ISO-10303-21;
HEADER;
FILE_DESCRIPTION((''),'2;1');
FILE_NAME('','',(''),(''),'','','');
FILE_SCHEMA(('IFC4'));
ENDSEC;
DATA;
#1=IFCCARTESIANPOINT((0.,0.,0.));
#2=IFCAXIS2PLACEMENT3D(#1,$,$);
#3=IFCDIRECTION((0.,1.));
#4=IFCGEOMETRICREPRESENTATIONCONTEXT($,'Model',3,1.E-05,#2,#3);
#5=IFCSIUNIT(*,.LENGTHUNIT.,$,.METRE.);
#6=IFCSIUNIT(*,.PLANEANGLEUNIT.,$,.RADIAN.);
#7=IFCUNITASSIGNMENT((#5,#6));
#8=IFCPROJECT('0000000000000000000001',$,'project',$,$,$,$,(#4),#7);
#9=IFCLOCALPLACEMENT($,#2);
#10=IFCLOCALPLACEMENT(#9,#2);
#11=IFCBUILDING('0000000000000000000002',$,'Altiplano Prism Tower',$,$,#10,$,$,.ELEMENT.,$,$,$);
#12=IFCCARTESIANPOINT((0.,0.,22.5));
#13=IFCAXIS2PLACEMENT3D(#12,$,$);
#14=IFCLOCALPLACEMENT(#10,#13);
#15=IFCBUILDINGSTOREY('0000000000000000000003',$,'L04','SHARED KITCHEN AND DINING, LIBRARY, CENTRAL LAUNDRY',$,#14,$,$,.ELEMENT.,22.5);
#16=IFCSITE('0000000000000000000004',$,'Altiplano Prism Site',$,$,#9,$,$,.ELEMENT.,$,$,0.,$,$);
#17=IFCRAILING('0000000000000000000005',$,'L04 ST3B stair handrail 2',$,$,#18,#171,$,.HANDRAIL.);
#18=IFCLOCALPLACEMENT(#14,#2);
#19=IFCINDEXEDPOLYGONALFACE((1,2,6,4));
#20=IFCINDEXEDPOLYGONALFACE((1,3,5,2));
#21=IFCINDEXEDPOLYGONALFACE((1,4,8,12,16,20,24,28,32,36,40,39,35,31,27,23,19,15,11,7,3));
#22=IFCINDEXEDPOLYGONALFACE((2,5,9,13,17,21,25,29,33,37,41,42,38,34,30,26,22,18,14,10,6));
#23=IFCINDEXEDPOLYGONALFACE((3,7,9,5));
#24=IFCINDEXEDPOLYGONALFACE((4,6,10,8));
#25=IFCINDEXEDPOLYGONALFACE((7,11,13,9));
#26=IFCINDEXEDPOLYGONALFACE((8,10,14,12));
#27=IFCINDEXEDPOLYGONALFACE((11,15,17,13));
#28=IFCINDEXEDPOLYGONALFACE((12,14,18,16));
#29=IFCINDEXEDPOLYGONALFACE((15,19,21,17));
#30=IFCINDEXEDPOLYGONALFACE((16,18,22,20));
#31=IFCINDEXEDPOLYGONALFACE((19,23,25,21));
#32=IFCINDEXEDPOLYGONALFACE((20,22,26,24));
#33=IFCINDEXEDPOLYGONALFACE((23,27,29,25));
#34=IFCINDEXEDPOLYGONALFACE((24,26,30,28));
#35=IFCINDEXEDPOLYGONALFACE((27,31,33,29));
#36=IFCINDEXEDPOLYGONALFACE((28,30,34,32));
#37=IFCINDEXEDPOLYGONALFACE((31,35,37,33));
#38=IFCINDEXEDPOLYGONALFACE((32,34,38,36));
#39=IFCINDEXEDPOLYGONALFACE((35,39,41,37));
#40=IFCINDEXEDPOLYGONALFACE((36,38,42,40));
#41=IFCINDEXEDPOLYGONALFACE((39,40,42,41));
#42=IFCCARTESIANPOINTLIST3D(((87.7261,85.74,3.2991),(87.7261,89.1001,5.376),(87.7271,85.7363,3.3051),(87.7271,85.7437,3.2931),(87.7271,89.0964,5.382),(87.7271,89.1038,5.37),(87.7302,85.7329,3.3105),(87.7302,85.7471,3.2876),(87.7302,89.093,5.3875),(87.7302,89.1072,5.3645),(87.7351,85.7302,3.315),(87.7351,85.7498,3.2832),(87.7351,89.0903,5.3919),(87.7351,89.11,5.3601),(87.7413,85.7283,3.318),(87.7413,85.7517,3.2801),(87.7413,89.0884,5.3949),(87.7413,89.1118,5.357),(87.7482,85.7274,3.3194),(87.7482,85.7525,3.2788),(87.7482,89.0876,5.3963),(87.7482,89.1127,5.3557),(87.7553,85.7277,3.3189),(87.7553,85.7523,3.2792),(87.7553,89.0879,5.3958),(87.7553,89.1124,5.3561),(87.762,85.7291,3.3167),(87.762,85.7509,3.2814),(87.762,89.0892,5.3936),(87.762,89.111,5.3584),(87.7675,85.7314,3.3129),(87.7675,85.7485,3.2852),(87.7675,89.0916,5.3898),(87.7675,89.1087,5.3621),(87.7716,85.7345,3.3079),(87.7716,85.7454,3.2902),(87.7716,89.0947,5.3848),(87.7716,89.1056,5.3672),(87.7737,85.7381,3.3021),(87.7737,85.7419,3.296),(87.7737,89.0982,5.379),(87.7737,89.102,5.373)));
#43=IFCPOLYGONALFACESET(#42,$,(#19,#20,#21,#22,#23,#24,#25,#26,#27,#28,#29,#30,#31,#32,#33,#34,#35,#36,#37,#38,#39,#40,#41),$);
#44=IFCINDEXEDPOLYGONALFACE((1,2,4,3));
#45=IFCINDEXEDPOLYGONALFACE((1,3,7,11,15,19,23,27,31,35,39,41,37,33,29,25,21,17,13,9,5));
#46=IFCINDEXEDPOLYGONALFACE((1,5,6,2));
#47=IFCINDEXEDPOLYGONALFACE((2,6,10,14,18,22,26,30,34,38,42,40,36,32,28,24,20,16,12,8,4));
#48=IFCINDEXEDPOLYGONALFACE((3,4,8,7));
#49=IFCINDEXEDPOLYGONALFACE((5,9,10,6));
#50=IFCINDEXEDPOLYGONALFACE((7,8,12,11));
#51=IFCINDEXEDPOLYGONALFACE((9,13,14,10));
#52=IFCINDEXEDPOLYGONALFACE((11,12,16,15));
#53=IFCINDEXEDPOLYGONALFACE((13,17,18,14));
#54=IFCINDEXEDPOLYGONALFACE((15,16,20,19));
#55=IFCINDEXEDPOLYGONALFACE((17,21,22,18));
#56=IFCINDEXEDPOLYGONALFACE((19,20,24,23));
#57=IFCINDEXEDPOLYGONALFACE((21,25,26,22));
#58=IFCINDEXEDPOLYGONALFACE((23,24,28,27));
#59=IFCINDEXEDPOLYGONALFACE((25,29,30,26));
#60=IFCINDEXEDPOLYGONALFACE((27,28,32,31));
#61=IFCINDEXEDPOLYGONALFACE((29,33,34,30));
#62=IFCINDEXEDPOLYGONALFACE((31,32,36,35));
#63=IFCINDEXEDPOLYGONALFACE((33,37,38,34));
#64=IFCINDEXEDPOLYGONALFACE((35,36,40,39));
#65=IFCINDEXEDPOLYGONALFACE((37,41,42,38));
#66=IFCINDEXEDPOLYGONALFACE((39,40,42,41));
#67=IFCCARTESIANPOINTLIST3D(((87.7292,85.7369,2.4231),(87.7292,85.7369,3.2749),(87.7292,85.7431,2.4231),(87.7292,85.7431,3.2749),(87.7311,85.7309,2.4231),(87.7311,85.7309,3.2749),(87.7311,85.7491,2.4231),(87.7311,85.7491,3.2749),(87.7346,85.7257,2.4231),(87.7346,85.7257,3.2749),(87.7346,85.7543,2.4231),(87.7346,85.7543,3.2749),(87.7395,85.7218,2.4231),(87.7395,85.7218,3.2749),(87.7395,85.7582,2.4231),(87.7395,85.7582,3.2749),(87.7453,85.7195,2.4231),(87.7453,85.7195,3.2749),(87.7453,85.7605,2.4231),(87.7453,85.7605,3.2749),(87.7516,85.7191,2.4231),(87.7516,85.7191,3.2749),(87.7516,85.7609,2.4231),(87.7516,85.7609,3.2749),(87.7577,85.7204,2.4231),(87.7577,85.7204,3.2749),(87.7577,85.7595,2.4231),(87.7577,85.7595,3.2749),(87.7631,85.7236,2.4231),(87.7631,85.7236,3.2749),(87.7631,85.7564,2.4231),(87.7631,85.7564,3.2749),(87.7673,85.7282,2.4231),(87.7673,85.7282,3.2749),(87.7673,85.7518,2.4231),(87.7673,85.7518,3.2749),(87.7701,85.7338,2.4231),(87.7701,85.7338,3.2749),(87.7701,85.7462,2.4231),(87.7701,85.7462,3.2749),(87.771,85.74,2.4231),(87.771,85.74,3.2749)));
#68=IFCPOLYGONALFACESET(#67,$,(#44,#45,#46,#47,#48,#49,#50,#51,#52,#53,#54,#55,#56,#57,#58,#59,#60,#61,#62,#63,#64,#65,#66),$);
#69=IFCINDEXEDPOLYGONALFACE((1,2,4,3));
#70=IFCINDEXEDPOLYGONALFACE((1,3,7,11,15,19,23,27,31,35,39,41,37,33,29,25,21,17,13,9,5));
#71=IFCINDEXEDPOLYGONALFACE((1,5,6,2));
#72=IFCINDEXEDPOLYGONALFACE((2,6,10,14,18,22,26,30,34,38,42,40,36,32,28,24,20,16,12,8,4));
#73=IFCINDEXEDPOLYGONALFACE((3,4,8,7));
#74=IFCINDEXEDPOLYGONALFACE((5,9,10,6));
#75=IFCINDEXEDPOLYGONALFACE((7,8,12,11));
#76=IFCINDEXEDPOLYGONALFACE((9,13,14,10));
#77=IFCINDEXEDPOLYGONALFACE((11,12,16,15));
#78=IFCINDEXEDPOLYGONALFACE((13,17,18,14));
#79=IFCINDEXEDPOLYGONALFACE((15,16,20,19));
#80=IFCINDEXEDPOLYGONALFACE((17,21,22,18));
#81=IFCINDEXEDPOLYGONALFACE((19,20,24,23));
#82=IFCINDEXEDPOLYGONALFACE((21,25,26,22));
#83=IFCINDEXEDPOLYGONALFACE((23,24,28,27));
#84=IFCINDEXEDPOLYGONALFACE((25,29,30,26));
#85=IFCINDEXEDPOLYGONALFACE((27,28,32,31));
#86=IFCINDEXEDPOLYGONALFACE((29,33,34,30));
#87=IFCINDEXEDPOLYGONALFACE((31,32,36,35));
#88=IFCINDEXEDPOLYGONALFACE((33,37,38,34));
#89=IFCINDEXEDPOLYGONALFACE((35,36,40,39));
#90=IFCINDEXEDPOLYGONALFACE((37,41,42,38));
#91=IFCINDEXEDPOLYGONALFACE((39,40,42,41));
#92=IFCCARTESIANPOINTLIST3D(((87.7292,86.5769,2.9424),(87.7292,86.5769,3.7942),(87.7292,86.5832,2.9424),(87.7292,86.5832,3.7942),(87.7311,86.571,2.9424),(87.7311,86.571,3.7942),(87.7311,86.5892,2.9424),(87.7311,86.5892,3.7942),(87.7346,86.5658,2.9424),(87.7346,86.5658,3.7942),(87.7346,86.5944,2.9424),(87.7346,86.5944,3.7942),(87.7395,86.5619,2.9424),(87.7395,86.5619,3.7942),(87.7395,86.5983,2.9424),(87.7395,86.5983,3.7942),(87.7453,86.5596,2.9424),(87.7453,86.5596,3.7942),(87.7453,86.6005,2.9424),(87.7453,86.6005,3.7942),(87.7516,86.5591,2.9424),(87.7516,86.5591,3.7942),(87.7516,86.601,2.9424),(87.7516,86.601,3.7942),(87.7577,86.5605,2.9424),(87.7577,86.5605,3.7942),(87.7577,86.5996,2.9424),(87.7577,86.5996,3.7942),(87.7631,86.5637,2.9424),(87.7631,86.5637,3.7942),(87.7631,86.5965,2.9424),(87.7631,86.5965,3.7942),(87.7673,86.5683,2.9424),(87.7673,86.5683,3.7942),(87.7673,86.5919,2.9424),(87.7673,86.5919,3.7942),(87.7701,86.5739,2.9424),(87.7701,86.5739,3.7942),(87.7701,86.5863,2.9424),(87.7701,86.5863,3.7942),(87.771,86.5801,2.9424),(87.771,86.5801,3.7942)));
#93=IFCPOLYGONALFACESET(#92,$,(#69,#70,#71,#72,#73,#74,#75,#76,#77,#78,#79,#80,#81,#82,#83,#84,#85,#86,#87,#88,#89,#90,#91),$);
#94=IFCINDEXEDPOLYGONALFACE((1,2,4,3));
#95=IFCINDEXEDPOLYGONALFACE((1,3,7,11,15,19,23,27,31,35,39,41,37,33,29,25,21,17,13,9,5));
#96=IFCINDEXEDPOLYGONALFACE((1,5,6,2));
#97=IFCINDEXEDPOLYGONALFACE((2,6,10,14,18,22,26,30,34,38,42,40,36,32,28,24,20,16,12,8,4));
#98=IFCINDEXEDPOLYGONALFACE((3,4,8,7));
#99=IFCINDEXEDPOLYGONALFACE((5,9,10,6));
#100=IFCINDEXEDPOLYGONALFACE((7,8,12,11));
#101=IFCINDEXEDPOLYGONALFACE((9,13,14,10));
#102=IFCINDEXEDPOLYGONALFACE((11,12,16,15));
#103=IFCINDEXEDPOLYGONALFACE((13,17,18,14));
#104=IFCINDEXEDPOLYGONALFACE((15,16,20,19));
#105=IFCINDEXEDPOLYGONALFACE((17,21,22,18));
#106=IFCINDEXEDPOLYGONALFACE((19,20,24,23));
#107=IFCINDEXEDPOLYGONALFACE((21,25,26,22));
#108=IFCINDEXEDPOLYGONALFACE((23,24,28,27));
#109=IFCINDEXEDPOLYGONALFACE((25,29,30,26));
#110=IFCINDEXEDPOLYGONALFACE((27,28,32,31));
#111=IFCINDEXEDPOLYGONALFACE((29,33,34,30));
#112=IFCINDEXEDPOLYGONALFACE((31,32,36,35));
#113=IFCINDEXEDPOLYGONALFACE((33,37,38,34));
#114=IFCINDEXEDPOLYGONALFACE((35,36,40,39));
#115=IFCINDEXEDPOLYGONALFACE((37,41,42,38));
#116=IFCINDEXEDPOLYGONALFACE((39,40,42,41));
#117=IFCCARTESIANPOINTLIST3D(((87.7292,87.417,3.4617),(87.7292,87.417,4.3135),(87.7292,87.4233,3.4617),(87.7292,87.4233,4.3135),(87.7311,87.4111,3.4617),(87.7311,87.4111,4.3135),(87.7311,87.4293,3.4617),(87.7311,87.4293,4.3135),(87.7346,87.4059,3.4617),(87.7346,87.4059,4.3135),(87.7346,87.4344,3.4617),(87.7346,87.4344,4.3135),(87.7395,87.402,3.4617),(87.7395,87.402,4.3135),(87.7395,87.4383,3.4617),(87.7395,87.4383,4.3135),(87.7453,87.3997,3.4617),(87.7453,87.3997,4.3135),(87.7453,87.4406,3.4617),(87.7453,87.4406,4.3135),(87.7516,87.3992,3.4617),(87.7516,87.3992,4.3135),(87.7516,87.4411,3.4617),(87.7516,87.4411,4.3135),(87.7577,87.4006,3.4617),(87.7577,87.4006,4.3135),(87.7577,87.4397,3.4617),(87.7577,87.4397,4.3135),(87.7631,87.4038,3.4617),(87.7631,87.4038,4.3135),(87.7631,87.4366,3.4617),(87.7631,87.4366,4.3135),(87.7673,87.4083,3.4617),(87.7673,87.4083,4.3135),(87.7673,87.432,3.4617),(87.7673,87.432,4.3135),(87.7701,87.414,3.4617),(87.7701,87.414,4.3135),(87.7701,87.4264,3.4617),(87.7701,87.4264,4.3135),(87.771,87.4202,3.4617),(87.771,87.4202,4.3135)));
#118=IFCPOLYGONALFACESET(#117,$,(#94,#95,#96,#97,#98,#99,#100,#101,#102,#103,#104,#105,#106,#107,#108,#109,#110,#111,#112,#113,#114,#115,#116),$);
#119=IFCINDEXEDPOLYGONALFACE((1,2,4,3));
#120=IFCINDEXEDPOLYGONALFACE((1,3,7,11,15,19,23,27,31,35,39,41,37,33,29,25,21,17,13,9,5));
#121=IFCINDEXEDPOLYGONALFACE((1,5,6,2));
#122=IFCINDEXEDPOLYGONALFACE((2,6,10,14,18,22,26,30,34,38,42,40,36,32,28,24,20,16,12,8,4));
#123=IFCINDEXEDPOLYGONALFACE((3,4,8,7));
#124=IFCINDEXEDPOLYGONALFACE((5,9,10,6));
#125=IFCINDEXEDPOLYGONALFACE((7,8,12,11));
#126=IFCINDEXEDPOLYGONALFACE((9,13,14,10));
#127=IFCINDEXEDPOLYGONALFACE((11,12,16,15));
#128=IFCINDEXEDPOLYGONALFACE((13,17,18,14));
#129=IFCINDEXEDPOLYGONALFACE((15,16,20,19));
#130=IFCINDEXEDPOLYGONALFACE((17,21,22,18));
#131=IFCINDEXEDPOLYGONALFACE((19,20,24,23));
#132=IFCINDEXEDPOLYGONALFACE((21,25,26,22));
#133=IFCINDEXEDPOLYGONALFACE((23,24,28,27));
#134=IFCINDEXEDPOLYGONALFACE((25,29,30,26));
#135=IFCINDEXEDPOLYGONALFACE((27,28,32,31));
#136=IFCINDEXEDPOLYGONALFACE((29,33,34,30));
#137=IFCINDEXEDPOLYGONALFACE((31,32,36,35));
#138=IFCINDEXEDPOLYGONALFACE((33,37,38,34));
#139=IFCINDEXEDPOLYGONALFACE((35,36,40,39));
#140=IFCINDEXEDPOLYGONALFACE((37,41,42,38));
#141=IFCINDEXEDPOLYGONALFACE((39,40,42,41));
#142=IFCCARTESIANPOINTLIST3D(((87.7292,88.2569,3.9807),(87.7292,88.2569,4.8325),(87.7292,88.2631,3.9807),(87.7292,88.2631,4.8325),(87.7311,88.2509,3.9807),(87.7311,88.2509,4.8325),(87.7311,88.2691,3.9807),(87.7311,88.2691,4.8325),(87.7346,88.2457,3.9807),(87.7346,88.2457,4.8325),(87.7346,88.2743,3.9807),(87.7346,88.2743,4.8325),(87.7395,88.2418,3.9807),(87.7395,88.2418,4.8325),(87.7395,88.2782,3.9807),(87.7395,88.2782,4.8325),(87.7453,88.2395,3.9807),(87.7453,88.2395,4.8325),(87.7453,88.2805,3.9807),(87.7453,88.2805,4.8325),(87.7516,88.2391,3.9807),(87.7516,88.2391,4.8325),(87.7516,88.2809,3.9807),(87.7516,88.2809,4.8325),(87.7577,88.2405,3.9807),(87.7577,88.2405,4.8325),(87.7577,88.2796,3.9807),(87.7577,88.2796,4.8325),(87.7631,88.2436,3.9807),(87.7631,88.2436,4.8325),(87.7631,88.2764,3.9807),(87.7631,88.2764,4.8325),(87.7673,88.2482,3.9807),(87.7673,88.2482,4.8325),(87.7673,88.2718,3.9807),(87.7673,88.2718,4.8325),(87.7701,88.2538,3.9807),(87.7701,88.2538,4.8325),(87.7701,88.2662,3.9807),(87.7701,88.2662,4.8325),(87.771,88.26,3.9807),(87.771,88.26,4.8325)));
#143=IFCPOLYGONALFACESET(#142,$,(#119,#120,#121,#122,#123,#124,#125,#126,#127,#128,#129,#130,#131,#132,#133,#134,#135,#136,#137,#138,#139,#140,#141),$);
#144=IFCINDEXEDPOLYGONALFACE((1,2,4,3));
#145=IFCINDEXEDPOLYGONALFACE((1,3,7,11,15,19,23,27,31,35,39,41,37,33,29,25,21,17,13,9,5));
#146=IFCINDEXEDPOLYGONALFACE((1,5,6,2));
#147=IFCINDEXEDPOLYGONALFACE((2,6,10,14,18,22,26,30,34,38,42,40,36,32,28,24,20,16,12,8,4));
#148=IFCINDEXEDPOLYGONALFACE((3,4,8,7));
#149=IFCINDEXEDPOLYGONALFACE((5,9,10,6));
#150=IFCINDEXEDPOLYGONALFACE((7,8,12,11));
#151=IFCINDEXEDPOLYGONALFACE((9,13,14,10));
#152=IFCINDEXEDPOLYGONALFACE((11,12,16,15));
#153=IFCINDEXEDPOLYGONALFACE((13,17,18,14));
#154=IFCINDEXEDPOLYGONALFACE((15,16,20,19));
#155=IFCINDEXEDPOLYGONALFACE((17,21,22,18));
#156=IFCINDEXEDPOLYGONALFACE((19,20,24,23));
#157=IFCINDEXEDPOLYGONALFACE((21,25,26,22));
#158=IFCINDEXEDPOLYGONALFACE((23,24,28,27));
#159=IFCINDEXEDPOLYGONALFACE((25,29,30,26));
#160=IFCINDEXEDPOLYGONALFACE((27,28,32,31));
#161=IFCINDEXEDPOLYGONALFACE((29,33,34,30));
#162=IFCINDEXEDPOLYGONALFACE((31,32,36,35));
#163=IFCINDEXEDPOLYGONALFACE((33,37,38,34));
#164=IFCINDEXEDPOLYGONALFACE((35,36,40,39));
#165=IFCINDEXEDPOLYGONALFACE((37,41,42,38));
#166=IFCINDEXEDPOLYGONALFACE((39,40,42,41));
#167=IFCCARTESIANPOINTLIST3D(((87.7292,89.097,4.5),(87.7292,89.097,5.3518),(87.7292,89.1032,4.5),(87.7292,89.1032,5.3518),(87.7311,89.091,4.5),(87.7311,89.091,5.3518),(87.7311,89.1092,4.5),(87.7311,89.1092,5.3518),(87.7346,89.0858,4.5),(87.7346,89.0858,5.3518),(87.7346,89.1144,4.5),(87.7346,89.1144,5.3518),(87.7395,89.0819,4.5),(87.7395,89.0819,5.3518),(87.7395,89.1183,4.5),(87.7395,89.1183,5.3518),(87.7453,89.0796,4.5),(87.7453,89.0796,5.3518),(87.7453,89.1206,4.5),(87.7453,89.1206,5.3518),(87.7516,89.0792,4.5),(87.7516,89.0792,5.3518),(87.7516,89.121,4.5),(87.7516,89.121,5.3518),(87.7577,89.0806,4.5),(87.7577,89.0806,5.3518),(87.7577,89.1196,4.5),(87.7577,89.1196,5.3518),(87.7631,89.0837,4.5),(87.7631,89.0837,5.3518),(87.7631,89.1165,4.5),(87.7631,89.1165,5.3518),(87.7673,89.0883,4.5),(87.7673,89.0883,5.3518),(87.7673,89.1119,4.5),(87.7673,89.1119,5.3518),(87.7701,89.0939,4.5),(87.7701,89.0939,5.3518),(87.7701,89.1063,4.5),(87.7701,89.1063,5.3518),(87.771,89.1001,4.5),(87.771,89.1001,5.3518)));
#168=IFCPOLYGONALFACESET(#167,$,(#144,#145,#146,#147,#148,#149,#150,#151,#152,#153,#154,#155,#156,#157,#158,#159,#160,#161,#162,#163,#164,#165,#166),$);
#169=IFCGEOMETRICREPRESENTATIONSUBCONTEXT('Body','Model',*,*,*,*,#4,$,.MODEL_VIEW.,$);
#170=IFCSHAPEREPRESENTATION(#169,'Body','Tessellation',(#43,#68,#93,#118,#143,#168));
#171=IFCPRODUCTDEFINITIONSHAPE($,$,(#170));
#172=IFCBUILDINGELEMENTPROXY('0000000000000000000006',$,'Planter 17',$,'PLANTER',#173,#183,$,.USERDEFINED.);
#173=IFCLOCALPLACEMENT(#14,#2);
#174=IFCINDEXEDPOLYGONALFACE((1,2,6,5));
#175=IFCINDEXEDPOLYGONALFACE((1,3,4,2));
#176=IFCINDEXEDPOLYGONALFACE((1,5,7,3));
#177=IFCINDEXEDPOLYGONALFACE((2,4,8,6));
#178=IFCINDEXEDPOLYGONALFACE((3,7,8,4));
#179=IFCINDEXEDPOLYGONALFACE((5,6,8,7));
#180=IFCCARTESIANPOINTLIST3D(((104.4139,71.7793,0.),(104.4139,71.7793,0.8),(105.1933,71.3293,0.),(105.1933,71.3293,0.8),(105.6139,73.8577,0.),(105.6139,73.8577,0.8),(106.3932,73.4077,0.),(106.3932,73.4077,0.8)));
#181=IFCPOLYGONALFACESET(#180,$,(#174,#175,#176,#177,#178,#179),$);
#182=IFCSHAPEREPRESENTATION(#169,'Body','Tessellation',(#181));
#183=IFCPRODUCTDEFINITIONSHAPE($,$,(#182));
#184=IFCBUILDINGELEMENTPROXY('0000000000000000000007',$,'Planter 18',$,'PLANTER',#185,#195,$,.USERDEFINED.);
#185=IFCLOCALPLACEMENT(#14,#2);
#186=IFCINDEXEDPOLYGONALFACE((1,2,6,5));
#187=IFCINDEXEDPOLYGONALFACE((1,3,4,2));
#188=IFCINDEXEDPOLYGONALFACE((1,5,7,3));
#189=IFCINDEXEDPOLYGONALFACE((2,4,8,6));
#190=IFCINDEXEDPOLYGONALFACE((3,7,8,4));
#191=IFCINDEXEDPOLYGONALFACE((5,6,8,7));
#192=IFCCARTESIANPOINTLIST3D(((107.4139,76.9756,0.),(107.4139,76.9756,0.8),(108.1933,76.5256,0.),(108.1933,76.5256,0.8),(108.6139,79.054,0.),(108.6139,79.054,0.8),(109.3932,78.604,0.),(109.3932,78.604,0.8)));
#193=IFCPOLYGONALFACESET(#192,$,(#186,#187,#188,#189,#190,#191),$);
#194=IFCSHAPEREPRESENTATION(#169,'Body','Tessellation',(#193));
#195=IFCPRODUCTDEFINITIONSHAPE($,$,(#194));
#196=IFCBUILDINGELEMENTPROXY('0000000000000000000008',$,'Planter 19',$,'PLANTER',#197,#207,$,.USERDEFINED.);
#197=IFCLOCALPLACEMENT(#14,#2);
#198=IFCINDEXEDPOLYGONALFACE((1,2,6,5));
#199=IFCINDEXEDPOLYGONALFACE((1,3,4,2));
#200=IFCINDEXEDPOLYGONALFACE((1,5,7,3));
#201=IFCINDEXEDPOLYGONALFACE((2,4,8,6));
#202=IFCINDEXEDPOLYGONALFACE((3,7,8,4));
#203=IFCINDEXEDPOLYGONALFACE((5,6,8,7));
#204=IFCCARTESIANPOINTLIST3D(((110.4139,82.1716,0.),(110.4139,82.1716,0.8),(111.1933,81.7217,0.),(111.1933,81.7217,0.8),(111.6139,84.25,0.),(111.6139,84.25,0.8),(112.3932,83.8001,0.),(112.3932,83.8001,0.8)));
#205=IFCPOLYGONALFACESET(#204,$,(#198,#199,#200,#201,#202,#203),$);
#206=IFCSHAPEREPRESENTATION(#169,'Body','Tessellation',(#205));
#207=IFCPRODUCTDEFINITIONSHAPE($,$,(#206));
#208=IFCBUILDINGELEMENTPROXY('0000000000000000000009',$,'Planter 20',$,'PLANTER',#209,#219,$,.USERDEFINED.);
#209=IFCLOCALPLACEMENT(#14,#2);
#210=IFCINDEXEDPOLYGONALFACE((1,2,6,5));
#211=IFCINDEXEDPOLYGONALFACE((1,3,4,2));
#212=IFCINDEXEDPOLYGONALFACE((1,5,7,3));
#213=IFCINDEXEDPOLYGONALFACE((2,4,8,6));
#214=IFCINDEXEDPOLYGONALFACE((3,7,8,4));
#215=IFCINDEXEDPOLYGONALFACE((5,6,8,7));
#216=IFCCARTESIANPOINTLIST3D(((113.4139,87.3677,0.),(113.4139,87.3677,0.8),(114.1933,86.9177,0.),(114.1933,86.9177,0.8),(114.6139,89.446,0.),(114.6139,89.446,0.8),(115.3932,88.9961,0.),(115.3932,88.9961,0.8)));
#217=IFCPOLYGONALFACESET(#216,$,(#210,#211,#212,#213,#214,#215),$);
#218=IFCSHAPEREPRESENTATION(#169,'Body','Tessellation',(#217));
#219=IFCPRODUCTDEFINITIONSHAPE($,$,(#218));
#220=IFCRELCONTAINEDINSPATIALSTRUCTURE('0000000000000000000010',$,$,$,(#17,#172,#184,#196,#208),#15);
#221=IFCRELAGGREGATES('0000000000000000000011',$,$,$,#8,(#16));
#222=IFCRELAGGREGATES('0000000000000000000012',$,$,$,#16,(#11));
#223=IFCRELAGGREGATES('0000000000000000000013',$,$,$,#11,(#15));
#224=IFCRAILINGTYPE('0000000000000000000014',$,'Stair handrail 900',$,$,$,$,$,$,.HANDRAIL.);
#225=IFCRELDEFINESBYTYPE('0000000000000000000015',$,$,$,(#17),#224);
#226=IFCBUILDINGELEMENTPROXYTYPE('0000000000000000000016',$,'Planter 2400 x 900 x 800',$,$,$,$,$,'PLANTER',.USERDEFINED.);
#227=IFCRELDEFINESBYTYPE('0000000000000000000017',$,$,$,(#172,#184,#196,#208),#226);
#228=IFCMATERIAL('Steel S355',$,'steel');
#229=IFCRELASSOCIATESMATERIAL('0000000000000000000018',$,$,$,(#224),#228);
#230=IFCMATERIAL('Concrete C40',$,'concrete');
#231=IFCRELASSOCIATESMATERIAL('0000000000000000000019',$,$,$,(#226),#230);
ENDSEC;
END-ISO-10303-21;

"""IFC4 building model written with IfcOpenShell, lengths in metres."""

from ifc_helpers import new_model, si_unit, direction, frame, origin, origin_2d, place, context, subcontext, project, spatial, rectangle, circle, extrude, material, type_object, element, save


model = new_model("IFC4")

# Units and contexts
model_context = context("Model", 3, precision=1e-05, world=origin(), true_north=direction((0.0, 1.0)))
body_context = subcontext(model_context, "Body", "Model", "MODEL_VIEW")
ifc_project = project(units=[si_unit("LENGTHUNIT", "METRE"), si_unit("PLANEANGLEUNIT", "RADIAN")], contexts=[model_context])

# Site, building, storey
site_placement = place(None, origin())
site = spatial("IfcSite", under=ifc_project, at=site_placement, Name="Altiplano Prism Site", CompositionType="ELEMENT", RefElevation=0.0)
building_placement = place(site_placement, origin())
building = spatial("IfcBuilding", under=site, at=building_placement, Name="Altiplano Prism Tower", CompositionType="ELEMENT")
storey_placement = place(building_placement, frame((0.0, 0.0, 22.5)))
storey = spatial("IfcBuildingStorey", under=building, at=storey_placement, Name="L04", Description="SHARED KITCHEN AND DINING, LIBRARY, CENTRAL LAUNDRY", CompositionType="ELEMENT", Elevation=22.5)

# Shared definitions
ifc_material_1 = material(Name="Steel S355", Category="steel")

# Railing
railing_type = type_object("IfcRailingType", Name="Stair handrail 900", PredefinedType="HANDRAIL", material=ifc_material_1)
for number, where, name in (
    (1, (87.75, 85.74, 2.4231), "L04 ST3B stair handrail 2"),
):
    element("IfcRailing", number, at=place(storey_placement, frame(where)), inside=storey, type_object=railing_type, Name=name, PredefinedType="HANDRAIL", context=body_context, shape_type="SweptSolid", body=[
        extrude(circle(Radius=0.0239, at=origin_2d()), frame((0.0, 0.0, 0.876), z_axis=(0.0, 0.850623, 0.525776), x_axis=(-1.0, 0.0, 0.0)), (0.0, 0.0, 1.0), 3.9502),
        extrude(circle(Radius=0.021, at=origin_2d()), origin(), (0.0, 0.0, 1.0), 0.8518),
        extrude(circle(Radius=0.021, at=origin_2d()), frame((0.0, 0.8401, 0.5193)), (0.0, 0.0, 1.0), 0.8518),
        extrude(circle(Radius=0.021, at=origin_2d()), frame((0.0, 1.6802, 1.0386)), (0.0, 0.0, 1.0), 0.8518),
        extrude(circle(Radius=0.021, at=origin_2d()), frame((0.0, 2.52, 1.5576)), (0.0, 0.0, 1.0), 0.8518),
        extrude(circle(Radius=0.021, at=origin_2d()), frame((0.0, 3.3601, 2.0769)), (0.0, 0.0, 1.0), 0.8518),
    ])

# Building element proxies
ifc_material_2 = material(Name="Concrete C40", Category="concrete")
building_element_proxy_type = type_object("IfcBuildingElementProxyType", Name="Planter 2400 x 900 x 800", ElementType="PLANTER", PredefinedType="USERDEFINED", material=ifc_material_2)
for number, where, z_axis, x_axis, name in (
    (2, (105.4036, 72.5935, 0.0), (0.0, 0.0, 1.0), (0.5, 0.866025, 0.0), "Planter 17"),
    (3, (108.4036, 77.7898, 0.0), (0.0, 0.0, 1.0), (0.5, 0.866025, 0.0), "Planter 18"),
    (4, (111.4036, 82.9858, 0.0), (0.0, 0.0, 1.0), (0.5, 0.866025, 0.0), "Planter 19"),
    (5, (114.4036, 88.1819, 0.0), (0.0, 0.0, 1.0), (0.5, 0.866025, 0.0), "Planter 20"),
):
    element("IfcBuildingElementProxy", number, at=place(storey_placement, frame(where, z_axis=z_axis, x_axis=x_axis)), inside=storey, type_object=building_element_proxy_type, Name=name, ObjectType="PLANTER", PredefinedType="USERDEFINED", context=body_context, shape_type="SweptSolid", body=[
        extrude(rectangle(XDim=2.3999, YDim=0.8999, at=origin_2d()), origin(), (0.0, 0.0, 1.0), 0.8),
    ])

save(model, "model.ifc")
